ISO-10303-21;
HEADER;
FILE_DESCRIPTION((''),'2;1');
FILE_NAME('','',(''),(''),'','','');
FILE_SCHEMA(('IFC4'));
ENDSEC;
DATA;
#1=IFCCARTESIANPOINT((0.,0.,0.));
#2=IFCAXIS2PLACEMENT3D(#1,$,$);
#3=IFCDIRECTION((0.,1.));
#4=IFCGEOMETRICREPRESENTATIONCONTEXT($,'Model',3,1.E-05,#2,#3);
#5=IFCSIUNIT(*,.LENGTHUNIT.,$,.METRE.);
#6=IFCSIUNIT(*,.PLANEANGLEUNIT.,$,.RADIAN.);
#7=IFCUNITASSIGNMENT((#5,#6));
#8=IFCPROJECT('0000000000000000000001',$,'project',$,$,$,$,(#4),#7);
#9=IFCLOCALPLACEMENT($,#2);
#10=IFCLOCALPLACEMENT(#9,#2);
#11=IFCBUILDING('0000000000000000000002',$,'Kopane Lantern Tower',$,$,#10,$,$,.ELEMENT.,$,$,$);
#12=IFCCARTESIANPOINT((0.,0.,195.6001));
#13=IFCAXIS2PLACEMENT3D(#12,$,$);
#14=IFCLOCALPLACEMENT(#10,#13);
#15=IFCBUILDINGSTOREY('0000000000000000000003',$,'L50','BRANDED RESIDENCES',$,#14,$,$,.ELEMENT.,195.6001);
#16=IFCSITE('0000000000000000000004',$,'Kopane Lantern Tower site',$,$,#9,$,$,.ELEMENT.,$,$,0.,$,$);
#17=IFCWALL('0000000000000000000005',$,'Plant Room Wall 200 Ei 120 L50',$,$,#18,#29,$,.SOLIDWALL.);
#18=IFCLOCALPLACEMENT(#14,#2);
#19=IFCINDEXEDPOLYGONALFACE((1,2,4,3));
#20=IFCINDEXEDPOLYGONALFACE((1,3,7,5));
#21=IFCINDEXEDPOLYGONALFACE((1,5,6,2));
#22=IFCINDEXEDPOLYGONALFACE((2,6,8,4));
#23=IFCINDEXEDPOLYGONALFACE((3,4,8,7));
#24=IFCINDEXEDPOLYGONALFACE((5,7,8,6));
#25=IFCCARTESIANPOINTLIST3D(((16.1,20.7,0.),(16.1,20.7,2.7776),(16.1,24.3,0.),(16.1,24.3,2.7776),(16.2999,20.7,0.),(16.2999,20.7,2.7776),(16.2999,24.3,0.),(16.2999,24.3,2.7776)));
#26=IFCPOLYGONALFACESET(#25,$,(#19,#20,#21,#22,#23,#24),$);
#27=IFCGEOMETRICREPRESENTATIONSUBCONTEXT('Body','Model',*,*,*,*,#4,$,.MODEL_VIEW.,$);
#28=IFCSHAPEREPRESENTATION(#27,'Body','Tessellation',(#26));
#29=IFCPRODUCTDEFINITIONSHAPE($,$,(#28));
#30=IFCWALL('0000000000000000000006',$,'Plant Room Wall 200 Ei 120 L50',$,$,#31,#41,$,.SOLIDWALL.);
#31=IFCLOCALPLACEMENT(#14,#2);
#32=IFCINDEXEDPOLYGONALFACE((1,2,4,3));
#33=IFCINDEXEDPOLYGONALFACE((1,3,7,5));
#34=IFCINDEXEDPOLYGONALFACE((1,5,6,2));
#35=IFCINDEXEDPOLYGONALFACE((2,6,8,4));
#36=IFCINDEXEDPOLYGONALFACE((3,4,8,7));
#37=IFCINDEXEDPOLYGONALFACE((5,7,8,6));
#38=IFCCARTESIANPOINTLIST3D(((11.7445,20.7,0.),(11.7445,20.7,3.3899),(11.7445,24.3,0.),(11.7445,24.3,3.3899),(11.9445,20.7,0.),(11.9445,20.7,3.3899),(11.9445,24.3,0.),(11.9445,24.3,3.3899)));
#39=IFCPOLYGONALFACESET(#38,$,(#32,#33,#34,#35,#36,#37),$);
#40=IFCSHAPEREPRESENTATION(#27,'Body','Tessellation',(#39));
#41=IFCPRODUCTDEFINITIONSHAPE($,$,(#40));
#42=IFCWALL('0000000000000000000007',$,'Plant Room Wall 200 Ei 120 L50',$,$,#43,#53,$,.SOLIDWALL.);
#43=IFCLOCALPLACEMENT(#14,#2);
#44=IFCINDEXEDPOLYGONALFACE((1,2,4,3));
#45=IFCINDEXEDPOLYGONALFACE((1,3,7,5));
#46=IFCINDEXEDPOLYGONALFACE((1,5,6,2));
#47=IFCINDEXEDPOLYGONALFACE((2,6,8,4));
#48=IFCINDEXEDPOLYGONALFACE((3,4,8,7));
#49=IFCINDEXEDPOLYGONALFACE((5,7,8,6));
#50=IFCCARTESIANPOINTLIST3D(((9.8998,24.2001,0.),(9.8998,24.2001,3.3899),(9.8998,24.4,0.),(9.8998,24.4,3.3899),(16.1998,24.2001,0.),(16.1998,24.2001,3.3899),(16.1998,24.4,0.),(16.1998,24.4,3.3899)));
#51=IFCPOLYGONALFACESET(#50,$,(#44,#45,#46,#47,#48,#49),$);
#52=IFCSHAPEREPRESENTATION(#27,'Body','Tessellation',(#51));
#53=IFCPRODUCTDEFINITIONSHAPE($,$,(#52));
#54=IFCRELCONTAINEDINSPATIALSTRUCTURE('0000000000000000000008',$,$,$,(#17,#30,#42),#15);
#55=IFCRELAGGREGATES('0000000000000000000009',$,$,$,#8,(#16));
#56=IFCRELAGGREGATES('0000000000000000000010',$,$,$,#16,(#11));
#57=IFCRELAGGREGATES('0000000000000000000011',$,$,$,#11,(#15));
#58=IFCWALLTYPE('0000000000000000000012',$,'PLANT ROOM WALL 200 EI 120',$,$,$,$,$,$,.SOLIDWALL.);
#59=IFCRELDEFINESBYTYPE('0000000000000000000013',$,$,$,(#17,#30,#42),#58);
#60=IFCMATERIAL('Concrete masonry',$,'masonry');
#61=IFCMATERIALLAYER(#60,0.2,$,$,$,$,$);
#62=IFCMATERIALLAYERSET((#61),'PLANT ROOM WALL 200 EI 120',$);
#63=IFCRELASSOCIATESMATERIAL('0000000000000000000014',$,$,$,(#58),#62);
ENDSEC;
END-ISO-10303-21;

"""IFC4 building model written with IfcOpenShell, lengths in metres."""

from ifc_helpers import new_model, si_unit, direction, frame, frame_2d, origin, place, context, subcontext, project, spatial, rectangle, extrude, material, layer, layer_set, type_object, element, save


model = new_model("IFC4")

# Units and contexts
model_context = context("Model", 3, precision=1e-05, world=origin(), true_north=direction((0.0, 1.0)))
body_context = subcontext(model_context, "Body", "Model", "MODEL_VIEW")
ifc_project = project(units=[si_unit("LENGTHUNIT", "METRE"), si_unit("PLANEANGLEUNIT", "RADIAN")], contexts=[model_context])

# Site, building, storey
site_placement = place(None, origin())
site = spatial("IfcSite", under=ifc_project, at=site_placement, Name="Kopane Lantern Tower site", CompositionType="ELEMENT", RefElevation=0.0)
building_placement = place(site_placement, origin())
building = spatial("IfcBuilding", under=site, at=building_placement, Name="Kopane Lantern Tower", CompositionType="ELEMENT")
storey_placement = place(building_placement, frame((0.0, 0.0, 195.6001)))
storey = spatial("IfcBuildingStorey", under=building, at=storey_placement, Name="L50", Description="BRANDED RESIDENCES", CompositionType="ELEMENT", Elevation=195.6001)

# Walls
ifc_material_1 = material(Name="Concrete masonry", Category="masonry")
ifc_layer_1 = layer(ifc_material_1, 0.2)
ifc_layer_set_1 = layer_set([ifc_layer_1], Name="PLANT ROOM WALL 200 EI 120")
wall_type_1 = type_object("IfcWallType", Name="PLANT ROOM WALL 200 EI 120", PredefinedType="SOLIDWALL", material=ifc_layer_set_1)
wall_1_placement = place(storey_placement, frame((16.2, 20.7, 0.0), z_axis=(0.0, 0.0, 1.0), x_axis=(0.0, 1.0, 0.0)))
element("IfcWall", 1, at=wall_1_placement, inside=storey, type_object=wall_type_1, Name="Plant Room Wall 200 Ei 120 L50", PredefinedType="SOLIDWALL", context=body_context, shape_type="SweptSolid", body=[
    extrude(rectangle(XDim=3.6001, YDim=0.2, at=frame_2d((1.8, 0.0))), origin(), (0.0, 0.0, 1.0), 2.7776),
])
wall_2_placement = place(storey_placement, frame((11.8445, 20.7, 0.0), z_axis=(0.0, 0.0, 1.0), x_axis=(0.0, 1.0, 0.0)))
element("IfcWall", 2, at=wall_2_placement, inside=storey, type_object=wall_type_1, Name="Plant Room Wall 200 Ei 120 L50", PredefinedType="SOLIDWALL", context=body_context, shape_type="SweptSolid", body=[
    extrude(rectangle(XDim=3.6001, YDim=0.2, at=frame_2d((1.8, 0.0))), origin(), (0.0, 0.0, 1.0), 3.3899),
])
wall_3_placement = place(storey_placement, frame((9.8999, 24.3, 0.0), z_axis=(0.0, 0.0, 1.0), x_axis=(1.0, 0.0, 0.0)))
element("IfcWall", 3, at=wall_3_placement, inside=storey, type_object=wall_type_1, Name="Plant Room Wall 200 Ei 120 L50", PredefinedType="SOLIDWALL", context=body_context, shape_type="SweptSolid", body=[
    extrude(rectangle(XDim=6.3, YDim=0.2, at=frame_2d((3.1499, 0.0))), origin(), (0.0, 0.0, 1.0), 3.3899),
])

save(model, "model.ifc")
